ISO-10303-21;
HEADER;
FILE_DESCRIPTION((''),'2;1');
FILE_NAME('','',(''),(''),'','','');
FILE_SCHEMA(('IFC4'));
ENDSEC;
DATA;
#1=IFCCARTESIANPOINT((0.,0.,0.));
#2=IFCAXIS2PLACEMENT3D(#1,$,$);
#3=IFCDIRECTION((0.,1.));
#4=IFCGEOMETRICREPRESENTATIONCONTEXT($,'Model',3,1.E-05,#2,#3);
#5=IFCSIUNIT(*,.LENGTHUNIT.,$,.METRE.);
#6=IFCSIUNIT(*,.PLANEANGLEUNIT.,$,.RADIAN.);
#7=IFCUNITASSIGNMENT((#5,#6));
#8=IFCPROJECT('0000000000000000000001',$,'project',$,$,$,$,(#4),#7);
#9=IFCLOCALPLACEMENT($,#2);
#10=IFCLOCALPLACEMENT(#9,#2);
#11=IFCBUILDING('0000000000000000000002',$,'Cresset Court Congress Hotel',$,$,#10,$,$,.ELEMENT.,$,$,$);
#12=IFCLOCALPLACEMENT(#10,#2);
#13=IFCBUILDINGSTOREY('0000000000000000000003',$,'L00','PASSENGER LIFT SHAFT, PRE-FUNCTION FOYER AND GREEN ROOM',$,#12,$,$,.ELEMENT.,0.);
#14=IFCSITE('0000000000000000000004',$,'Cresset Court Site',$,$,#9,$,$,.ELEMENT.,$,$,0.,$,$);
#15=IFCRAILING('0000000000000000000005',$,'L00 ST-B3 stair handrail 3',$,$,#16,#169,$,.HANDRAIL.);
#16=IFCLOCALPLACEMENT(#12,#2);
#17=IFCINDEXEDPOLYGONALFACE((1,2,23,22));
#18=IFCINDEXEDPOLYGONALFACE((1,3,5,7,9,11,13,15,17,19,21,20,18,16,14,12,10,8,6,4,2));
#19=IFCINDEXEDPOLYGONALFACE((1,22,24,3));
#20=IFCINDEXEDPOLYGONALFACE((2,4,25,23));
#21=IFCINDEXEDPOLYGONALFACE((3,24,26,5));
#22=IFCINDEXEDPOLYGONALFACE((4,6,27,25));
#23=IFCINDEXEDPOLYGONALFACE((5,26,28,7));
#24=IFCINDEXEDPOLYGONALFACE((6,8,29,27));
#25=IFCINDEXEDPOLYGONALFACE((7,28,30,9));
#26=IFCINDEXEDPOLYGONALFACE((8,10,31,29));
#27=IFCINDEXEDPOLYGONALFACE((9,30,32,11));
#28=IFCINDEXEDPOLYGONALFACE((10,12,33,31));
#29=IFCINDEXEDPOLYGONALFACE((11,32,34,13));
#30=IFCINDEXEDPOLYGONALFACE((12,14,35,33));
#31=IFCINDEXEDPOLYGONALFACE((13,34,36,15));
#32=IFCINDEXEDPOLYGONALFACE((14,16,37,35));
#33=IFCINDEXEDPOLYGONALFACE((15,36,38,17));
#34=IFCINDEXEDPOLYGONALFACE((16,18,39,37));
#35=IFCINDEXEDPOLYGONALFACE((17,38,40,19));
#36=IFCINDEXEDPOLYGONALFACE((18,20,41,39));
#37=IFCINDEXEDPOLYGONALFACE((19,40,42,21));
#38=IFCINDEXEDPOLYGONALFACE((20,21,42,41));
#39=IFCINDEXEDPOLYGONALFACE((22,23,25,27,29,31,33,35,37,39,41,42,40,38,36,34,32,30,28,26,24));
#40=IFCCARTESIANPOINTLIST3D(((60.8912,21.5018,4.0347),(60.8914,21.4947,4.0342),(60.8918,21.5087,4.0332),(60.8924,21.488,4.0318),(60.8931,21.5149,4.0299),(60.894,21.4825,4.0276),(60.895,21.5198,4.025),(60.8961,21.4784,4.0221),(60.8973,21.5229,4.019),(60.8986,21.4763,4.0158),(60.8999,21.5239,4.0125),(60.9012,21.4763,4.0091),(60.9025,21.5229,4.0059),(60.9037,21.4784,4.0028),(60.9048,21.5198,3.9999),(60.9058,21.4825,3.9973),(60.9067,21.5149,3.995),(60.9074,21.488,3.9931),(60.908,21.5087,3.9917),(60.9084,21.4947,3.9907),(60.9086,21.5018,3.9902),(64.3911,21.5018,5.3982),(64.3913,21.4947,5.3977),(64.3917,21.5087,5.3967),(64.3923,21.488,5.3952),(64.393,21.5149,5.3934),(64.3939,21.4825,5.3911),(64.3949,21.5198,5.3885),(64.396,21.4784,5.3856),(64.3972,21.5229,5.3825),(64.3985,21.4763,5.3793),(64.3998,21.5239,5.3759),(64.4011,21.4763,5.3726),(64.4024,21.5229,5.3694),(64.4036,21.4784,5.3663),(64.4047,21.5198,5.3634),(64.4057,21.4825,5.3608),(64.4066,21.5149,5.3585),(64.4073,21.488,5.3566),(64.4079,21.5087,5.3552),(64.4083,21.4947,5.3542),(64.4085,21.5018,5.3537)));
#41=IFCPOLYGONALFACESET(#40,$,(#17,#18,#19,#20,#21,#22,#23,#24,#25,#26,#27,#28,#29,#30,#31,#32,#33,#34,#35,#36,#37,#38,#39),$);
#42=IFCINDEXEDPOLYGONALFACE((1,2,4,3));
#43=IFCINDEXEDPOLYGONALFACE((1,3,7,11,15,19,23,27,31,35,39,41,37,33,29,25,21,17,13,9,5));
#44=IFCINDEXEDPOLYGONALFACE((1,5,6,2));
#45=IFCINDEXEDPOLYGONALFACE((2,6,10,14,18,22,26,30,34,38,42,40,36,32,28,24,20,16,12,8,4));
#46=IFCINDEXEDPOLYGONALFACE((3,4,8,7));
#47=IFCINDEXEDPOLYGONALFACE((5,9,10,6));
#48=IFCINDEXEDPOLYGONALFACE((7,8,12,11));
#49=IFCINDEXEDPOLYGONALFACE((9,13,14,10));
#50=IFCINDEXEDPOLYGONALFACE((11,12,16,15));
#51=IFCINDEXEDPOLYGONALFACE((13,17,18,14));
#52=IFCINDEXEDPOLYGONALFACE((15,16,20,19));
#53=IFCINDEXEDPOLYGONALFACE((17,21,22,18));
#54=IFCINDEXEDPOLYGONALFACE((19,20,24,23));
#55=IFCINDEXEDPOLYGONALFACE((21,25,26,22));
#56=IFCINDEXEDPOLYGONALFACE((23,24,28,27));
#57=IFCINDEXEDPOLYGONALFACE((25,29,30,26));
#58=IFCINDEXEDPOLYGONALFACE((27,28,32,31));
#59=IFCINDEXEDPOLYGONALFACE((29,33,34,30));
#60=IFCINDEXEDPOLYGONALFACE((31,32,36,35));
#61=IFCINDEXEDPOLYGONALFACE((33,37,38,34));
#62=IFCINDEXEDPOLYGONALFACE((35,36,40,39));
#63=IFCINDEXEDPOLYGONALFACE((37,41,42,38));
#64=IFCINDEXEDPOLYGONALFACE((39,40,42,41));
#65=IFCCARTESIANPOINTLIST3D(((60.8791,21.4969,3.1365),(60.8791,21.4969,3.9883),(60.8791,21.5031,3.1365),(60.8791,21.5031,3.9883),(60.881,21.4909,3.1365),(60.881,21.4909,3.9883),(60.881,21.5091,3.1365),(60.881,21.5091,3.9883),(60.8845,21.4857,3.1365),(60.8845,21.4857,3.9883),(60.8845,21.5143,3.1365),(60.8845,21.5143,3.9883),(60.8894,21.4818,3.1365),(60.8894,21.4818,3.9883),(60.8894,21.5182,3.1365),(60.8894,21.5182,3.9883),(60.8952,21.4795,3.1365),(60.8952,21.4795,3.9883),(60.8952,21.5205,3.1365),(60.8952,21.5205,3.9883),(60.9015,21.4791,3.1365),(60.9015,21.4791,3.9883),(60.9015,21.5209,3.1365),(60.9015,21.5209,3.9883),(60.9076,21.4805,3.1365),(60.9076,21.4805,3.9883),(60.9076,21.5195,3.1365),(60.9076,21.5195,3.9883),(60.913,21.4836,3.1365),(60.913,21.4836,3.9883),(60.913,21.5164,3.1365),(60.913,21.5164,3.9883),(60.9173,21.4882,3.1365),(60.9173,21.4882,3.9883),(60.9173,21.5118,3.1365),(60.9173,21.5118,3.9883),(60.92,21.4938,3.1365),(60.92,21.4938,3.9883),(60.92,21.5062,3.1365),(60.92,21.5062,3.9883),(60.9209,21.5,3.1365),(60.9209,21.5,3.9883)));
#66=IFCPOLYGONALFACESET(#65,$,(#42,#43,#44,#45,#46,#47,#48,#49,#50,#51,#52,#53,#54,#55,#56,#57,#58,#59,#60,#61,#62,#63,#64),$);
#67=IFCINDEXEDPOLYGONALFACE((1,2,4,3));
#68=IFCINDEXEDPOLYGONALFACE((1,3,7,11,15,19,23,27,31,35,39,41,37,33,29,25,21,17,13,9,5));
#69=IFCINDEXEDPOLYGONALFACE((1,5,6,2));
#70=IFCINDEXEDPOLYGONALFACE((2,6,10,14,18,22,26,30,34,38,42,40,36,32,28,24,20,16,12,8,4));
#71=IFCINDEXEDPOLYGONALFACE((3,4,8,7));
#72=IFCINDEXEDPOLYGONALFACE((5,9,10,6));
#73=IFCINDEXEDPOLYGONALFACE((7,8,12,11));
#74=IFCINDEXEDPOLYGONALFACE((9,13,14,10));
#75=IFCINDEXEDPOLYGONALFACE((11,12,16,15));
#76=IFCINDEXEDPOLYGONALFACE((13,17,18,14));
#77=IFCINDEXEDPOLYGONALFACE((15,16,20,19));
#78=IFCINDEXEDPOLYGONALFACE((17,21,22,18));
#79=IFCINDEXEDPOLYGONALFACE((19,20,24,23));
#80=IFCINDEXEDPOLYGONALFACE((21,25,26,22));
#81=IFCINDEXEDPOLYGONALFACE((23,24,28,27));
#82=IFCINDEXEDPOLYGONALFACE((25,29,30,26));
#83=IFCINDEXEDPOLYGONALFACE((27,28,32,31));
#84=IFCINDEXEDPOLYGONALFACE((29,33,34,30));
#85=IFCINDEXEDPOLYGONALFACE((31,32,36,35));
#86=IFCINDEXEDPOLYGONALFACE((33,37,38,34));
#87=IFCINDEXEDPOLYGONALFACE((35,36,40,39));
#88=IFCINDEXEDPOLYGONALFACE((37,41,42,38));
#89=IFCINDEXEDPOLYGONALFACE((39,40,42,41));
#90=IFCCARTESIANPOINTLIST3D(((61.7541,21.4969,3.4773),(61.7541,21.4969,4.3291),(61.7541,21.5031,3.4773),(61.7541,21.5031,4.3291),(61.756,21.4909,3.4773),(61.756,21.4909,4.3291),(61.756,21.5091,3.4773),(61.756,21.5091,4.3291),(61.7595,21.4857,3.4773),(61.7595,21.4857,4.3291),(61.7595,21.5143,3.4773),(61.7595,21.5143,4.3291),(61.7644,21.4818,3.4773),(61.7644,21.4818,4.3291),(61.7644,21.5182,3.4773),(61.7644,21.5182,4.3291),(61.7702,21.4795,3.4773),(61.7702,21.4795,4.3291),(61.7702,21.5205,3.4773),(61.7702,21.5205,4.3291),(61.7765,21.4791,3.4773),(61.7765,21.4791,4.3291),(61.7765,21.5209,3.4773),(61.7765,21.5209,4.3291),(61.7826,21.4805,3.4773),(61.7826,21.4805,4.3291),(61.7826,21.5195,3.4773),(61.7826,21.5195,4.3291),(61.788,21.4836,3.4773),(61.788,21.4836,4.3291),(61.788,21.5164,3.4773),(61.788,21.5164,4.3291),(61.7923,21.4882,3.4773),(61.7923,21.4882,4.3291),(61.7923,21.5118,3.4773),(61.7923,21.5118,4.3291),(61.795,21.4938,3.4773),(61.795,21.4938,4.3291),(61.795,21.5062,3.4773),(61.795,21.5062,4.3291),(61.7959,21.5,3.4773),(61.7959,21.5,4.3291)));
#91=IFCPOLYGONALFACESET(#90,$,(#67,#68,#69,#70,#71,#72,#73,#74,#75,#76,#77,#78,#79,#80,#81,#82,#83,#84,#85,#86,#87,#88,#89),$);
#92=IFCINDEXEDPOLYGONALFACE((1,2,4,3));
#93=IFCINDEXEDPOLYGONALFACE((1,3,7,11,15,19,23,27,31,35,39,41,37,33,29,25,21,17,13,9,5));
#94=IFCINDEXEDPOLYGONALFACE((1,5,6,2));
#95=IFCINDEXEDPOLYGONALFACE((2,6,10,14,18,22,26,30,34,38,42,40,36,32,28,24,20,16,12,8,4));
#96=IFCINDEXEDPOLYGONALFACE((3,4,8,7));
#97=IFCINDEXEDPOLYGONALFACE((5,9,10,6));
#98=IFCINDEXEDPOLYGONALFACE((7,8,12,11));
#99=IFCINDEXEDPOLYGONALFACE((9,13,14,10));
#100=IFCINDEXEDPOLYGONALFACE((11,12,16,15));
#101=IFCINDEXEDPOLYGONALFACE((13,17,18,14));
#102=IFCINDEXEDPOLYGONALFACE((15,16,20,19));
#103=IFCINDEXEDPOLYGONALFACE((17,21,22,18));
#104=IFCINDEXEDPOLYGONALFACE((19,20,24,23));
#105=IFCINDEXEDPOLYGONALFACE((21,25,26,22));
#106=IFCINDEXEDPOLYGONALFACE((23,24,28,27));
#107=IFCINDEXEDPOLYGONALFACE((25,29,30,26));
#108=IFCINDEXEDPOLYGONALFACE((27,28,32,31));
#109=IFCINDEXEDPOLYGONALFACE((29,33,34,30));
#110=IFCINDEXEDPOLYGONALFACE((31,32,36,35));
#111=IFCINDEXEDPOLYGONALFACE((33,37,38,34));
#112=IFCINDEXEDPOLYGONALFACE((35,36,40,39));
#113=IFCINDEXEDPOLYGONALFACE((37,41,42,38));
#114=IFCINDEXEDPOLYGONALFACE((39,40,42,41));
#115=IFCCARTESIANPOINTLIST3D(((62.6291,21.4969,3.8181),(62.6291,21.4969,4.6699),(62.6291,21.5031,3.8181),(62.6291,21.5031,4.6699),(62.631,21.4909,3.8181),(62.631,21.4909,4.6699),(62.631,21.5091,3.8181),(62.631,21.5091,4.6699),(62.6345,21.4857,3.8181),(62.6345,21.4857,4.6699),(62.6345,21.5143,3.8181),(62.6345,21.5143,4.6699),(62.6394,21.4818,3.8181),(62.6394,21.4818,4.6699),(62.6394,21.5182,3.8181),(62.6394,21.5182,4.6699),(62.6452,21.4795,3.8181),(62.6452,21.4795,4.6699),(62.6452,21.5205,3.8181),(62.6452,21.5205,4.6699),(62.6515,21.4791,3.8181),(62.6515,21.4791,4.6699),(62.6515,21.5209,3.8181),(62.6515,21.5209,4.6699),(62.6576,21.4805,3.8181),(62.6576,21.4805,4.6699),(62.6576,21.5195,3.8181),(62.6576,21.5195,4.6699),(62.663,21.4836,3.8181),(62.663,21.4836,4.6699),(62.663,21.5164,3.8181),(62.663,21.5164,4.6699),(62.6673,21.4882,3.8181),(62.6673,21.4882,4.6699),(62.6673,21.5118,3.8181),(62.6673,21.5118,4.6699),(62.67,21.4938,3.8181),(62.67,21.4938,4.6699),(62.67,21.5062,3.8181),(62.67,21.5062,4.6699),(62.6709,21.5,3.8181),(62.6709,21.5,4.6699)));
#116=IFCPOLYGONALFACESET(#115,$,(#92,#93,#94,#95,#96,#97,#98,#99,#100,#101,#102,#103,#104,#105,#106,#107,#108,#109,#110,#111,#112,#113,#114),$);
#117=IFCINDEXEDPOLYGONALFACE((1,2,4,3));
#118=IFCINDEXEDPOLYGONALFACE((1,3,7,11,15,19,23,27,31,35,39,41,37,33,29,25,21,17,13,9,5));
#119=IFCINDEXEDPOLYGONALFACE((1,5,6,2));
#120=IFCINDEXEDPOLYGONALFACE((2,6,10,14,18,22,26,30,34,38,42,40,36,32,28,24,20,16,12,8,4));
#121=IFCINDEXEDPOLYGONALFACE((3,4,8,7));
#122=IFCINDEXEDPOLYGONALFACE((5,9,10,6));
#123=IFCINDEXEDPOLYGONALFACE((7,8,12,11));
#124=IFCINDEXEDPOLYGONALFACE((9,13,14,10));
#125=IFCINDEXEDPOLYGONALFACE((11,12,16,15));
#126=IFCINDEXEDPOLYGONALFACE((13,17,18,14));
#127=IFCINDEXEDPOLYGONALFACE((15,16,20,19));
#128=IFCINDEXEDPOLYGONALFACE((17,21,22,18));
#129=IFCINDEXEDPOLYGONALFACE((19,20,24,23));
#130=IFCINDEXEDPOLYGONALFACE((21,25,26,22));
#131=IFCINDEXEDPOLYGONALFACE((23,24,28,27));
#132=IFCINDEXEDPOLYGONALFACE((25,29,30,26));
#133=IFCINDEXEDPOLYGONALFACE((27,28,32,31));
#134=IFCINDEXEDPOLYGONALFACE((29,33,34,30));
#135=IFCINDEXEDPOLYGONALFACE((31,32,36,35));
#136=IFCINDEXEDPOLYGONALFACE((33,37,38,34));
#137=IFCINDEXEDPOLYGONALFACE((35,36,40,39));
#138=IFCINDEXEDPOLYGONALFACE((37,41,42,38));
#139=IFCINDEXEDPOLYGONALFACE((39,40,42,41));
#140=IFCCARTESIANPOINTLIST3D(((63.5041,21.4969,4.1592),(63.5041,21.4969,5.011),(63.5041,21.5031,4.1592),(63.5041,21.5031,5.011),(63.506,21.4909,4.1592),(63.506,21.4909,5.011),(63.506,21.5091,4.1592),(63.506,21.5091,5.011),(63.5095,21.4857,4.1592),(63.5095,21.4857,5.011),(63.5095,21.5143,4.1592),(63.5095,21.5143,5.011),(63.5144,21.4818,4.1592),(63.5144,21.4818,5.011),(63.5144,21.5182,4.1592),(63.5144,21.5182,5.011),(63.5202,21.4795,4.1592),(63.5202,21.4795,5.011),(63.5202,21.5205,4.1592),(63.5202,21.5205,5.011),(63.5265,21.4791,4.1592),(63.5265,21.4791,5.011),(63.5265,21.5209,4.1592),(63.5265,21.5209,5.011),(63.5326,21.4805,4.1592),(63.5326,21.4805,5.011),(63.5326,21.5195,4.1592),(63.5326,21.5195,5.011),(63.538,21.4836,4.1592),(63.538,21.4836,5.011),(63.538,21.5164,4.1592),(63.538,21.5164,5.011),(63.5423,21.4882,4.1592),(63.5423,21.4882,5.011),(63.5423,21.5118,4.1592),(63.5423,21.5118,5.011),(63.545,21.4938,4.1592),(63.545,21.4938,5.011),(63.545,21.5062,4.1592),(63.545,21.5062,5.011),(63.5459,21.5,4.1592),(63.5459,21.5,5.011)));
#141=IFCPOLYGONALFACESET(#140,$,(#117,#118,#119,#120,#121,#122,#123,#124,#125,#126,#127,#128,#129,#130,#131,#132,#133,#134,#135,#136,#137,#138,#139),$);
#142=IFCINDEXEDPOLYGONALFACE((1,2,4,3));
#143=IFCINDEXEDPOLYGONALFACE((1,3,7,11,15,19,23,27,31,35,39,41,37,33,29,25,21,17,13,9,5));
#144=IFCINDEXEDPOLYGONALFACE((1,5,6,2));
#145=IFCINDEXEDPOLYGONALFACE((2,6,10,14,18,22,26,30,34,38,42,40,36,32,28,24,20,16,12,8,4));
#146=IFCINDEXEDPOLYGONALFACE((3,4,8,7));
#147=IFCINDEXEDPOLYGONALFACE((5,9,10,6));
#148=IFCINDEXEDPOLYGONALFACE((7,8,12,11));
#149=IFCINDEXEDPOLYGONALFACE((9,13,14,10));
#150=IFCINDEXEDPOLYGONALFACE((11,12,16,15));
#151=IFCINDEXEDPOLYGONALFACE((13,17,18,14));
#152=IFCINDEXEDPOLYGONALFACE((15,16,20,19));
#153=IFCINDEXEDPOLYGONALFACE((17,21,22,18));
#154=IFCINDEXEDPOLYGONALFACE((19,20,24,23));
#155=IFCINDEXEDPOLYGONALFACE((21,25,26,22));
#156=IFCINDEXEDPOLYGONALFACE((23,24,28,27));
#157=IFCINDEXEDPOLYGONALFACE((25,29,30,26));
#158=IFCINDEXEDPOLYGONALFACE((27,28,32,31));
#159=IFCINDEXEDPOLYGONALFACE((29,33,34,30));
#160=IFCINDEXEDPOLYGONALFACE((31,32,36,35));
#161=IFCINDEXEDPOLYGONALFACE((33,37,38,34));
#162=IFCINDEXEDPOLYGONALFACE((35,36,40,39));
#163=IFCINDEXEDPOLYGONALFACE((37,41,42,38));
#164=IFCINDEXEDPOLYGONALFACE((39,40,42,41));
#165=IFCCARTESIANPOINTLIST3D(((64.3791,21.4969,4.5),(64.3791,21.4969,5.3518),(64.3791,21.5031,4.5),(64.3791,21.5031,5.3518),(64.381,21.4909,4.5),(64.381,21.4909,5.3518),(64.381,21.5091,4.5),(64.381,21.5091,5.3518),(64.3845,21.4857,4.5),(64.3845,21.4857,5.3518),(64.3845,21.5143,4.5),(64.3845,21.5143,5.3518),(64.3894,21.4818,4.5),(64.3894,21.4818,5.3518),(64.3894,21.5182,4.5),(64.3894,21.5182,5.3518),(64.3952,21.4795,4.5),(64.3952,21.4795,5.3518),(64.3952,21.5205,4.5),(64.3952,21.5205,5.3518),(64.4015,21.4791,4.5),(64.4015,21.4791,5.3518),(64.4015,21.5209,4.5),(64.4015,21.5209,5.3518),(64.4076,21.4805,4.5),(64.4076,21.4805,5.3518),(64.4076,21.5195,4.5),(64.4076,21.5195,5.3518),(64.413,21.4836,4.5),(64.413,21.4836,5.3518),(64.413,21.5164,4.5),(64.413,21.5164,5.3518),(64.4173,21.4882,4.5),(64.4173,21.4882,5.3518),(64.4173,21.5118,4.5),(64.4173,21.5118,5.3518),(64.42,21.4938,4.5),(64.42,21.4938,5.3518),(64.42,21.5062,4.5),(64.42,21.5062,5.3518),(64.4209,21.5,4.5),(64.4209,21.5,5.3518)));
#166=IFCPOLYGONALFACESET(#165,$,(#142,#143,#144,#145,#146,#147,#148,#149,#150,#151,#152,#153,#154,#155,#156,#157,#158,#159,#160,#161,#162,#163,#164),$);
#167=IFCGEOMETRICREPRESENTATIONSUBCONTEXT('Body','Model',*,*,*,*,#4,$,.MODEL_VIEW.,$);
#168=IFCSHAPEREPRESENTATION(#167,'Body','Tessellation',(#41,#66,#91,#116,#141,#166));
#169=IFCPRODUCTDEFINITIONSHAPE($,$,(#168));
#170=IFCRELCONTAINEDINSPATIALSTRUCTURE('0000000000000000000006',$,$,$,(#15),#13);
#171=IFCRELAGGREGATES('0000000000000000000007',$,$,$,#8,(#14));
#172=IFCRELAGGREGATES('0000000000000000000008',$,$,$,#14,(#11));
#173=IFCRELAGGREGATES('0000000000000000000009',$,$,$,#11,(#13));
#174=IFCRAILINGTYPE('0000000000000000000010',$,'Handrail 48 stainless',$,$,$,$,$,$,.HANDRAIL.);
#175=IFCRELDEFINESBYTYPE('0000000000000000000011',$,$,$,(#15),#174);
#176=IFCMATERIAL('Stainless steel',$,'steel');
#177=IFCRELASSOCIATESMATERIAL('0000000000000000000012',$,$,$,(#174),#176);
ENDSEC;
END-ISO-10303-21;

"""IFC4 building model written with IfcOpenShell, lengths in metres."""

from ifc_helpers import new_model, si_unit, direction, frame, origin, origin_2d, place, context, subcontext, project, spatial, circle, extrude, material, type_object, element, save


model = new_model("IFC4")

# Units and contexts
model_context = context("Model", 3, precision=1e-05, world=origin(), true_north=direction((0.0, 1.0)))
body_context = subcontext(model_context, "Body", "Model", "MODEL_VIEW")
ifc_project = project(units=[si_unit("LENGTHUNIT", "METRE"), si_unit("PLANEANGLEUNIT", "RADIAN")], contexts=[model_context])

# Site, building, storey
site_placement = place(None, origin())
site = spatial("IfcSite", under=ifc_project, at=site_placement, Name="Cresset Court Site", CompositionType="ELEMENT", RefElevation=0.0)
building_placement = place(site_placement, origin())
building = spatial("IfcBuilding", under=site, at=building_placement, Name="Cresset Court Congress Hotel", CompositionType="ELEMENT")
storey_placement = place(building_placement, origin())
storey = spatial("IfcBuildingStorey", under=building, at=storey_placement, Name="L00", Description="PASSENGER LIFT SHAFT, PRE-FUNCTION FOYER AND GREEN ROOM", CompositionType="ELEMENT", Elevation=0.0)

# Railing
ifc_material_1 = material(Name="Stainless steel", Category="steel")
railing_type_1 = type_object("IfcRailingType", Name="Handrail 48 stainless", PredefinedType="HANDRAIL", material=ifc_material_1)
for number, where, name in (
    (1, (60.8999, 21.5, 3.1365), "L00 ST-B3 stair handrail 3"),
):
    element("IfcRailing", number, at=place(storey_placement, frame(where)), inside=storey, type_object=railing_type_1, Name=name, PredefinedType="HANDRAIL", context=body_context, shape_type="SweptSolid", body=[
        extrude(circle(Radius=0.0239, at=origin_2d()), frame((0.0, 0.0, 0.876), z_axis=(0.931787, 0.0, 0.363005), x_axis=(0.0, 1.0, 0.0)), (0.0, 0.0, 1.0), 3.7561),
        extrude(circle(Radius=0.021, at=origin_2d()), origin(), (0.0, 0.0, 1.0), 0.8518),
        extrude(circle(Radius=0.021, at=origin_2d()), frame((0.875, 0.0, 0.3408)), (0.0, 0.0, 1.0), 0.8518),
        extrude(circle(Radius=0.021, at=origin_2d()), frame((1.75, 0.0, 0.6816)), (0.0, 0.0, 1.0), 0.8518),
        extrude(circle(Radius=0.021, at=origin_2d()), frame((2.625, 0.0, 1.0227)), (0.0, 0.0, 1.0), 0.8518),
        extrude(circle(Radius=0.021, at=origin_2d()), frame((3.5, 0.0, 1.3635)), (0.0, 0.0, 1.0), 0.8518),
    ])

save(model, "model.ifc")
